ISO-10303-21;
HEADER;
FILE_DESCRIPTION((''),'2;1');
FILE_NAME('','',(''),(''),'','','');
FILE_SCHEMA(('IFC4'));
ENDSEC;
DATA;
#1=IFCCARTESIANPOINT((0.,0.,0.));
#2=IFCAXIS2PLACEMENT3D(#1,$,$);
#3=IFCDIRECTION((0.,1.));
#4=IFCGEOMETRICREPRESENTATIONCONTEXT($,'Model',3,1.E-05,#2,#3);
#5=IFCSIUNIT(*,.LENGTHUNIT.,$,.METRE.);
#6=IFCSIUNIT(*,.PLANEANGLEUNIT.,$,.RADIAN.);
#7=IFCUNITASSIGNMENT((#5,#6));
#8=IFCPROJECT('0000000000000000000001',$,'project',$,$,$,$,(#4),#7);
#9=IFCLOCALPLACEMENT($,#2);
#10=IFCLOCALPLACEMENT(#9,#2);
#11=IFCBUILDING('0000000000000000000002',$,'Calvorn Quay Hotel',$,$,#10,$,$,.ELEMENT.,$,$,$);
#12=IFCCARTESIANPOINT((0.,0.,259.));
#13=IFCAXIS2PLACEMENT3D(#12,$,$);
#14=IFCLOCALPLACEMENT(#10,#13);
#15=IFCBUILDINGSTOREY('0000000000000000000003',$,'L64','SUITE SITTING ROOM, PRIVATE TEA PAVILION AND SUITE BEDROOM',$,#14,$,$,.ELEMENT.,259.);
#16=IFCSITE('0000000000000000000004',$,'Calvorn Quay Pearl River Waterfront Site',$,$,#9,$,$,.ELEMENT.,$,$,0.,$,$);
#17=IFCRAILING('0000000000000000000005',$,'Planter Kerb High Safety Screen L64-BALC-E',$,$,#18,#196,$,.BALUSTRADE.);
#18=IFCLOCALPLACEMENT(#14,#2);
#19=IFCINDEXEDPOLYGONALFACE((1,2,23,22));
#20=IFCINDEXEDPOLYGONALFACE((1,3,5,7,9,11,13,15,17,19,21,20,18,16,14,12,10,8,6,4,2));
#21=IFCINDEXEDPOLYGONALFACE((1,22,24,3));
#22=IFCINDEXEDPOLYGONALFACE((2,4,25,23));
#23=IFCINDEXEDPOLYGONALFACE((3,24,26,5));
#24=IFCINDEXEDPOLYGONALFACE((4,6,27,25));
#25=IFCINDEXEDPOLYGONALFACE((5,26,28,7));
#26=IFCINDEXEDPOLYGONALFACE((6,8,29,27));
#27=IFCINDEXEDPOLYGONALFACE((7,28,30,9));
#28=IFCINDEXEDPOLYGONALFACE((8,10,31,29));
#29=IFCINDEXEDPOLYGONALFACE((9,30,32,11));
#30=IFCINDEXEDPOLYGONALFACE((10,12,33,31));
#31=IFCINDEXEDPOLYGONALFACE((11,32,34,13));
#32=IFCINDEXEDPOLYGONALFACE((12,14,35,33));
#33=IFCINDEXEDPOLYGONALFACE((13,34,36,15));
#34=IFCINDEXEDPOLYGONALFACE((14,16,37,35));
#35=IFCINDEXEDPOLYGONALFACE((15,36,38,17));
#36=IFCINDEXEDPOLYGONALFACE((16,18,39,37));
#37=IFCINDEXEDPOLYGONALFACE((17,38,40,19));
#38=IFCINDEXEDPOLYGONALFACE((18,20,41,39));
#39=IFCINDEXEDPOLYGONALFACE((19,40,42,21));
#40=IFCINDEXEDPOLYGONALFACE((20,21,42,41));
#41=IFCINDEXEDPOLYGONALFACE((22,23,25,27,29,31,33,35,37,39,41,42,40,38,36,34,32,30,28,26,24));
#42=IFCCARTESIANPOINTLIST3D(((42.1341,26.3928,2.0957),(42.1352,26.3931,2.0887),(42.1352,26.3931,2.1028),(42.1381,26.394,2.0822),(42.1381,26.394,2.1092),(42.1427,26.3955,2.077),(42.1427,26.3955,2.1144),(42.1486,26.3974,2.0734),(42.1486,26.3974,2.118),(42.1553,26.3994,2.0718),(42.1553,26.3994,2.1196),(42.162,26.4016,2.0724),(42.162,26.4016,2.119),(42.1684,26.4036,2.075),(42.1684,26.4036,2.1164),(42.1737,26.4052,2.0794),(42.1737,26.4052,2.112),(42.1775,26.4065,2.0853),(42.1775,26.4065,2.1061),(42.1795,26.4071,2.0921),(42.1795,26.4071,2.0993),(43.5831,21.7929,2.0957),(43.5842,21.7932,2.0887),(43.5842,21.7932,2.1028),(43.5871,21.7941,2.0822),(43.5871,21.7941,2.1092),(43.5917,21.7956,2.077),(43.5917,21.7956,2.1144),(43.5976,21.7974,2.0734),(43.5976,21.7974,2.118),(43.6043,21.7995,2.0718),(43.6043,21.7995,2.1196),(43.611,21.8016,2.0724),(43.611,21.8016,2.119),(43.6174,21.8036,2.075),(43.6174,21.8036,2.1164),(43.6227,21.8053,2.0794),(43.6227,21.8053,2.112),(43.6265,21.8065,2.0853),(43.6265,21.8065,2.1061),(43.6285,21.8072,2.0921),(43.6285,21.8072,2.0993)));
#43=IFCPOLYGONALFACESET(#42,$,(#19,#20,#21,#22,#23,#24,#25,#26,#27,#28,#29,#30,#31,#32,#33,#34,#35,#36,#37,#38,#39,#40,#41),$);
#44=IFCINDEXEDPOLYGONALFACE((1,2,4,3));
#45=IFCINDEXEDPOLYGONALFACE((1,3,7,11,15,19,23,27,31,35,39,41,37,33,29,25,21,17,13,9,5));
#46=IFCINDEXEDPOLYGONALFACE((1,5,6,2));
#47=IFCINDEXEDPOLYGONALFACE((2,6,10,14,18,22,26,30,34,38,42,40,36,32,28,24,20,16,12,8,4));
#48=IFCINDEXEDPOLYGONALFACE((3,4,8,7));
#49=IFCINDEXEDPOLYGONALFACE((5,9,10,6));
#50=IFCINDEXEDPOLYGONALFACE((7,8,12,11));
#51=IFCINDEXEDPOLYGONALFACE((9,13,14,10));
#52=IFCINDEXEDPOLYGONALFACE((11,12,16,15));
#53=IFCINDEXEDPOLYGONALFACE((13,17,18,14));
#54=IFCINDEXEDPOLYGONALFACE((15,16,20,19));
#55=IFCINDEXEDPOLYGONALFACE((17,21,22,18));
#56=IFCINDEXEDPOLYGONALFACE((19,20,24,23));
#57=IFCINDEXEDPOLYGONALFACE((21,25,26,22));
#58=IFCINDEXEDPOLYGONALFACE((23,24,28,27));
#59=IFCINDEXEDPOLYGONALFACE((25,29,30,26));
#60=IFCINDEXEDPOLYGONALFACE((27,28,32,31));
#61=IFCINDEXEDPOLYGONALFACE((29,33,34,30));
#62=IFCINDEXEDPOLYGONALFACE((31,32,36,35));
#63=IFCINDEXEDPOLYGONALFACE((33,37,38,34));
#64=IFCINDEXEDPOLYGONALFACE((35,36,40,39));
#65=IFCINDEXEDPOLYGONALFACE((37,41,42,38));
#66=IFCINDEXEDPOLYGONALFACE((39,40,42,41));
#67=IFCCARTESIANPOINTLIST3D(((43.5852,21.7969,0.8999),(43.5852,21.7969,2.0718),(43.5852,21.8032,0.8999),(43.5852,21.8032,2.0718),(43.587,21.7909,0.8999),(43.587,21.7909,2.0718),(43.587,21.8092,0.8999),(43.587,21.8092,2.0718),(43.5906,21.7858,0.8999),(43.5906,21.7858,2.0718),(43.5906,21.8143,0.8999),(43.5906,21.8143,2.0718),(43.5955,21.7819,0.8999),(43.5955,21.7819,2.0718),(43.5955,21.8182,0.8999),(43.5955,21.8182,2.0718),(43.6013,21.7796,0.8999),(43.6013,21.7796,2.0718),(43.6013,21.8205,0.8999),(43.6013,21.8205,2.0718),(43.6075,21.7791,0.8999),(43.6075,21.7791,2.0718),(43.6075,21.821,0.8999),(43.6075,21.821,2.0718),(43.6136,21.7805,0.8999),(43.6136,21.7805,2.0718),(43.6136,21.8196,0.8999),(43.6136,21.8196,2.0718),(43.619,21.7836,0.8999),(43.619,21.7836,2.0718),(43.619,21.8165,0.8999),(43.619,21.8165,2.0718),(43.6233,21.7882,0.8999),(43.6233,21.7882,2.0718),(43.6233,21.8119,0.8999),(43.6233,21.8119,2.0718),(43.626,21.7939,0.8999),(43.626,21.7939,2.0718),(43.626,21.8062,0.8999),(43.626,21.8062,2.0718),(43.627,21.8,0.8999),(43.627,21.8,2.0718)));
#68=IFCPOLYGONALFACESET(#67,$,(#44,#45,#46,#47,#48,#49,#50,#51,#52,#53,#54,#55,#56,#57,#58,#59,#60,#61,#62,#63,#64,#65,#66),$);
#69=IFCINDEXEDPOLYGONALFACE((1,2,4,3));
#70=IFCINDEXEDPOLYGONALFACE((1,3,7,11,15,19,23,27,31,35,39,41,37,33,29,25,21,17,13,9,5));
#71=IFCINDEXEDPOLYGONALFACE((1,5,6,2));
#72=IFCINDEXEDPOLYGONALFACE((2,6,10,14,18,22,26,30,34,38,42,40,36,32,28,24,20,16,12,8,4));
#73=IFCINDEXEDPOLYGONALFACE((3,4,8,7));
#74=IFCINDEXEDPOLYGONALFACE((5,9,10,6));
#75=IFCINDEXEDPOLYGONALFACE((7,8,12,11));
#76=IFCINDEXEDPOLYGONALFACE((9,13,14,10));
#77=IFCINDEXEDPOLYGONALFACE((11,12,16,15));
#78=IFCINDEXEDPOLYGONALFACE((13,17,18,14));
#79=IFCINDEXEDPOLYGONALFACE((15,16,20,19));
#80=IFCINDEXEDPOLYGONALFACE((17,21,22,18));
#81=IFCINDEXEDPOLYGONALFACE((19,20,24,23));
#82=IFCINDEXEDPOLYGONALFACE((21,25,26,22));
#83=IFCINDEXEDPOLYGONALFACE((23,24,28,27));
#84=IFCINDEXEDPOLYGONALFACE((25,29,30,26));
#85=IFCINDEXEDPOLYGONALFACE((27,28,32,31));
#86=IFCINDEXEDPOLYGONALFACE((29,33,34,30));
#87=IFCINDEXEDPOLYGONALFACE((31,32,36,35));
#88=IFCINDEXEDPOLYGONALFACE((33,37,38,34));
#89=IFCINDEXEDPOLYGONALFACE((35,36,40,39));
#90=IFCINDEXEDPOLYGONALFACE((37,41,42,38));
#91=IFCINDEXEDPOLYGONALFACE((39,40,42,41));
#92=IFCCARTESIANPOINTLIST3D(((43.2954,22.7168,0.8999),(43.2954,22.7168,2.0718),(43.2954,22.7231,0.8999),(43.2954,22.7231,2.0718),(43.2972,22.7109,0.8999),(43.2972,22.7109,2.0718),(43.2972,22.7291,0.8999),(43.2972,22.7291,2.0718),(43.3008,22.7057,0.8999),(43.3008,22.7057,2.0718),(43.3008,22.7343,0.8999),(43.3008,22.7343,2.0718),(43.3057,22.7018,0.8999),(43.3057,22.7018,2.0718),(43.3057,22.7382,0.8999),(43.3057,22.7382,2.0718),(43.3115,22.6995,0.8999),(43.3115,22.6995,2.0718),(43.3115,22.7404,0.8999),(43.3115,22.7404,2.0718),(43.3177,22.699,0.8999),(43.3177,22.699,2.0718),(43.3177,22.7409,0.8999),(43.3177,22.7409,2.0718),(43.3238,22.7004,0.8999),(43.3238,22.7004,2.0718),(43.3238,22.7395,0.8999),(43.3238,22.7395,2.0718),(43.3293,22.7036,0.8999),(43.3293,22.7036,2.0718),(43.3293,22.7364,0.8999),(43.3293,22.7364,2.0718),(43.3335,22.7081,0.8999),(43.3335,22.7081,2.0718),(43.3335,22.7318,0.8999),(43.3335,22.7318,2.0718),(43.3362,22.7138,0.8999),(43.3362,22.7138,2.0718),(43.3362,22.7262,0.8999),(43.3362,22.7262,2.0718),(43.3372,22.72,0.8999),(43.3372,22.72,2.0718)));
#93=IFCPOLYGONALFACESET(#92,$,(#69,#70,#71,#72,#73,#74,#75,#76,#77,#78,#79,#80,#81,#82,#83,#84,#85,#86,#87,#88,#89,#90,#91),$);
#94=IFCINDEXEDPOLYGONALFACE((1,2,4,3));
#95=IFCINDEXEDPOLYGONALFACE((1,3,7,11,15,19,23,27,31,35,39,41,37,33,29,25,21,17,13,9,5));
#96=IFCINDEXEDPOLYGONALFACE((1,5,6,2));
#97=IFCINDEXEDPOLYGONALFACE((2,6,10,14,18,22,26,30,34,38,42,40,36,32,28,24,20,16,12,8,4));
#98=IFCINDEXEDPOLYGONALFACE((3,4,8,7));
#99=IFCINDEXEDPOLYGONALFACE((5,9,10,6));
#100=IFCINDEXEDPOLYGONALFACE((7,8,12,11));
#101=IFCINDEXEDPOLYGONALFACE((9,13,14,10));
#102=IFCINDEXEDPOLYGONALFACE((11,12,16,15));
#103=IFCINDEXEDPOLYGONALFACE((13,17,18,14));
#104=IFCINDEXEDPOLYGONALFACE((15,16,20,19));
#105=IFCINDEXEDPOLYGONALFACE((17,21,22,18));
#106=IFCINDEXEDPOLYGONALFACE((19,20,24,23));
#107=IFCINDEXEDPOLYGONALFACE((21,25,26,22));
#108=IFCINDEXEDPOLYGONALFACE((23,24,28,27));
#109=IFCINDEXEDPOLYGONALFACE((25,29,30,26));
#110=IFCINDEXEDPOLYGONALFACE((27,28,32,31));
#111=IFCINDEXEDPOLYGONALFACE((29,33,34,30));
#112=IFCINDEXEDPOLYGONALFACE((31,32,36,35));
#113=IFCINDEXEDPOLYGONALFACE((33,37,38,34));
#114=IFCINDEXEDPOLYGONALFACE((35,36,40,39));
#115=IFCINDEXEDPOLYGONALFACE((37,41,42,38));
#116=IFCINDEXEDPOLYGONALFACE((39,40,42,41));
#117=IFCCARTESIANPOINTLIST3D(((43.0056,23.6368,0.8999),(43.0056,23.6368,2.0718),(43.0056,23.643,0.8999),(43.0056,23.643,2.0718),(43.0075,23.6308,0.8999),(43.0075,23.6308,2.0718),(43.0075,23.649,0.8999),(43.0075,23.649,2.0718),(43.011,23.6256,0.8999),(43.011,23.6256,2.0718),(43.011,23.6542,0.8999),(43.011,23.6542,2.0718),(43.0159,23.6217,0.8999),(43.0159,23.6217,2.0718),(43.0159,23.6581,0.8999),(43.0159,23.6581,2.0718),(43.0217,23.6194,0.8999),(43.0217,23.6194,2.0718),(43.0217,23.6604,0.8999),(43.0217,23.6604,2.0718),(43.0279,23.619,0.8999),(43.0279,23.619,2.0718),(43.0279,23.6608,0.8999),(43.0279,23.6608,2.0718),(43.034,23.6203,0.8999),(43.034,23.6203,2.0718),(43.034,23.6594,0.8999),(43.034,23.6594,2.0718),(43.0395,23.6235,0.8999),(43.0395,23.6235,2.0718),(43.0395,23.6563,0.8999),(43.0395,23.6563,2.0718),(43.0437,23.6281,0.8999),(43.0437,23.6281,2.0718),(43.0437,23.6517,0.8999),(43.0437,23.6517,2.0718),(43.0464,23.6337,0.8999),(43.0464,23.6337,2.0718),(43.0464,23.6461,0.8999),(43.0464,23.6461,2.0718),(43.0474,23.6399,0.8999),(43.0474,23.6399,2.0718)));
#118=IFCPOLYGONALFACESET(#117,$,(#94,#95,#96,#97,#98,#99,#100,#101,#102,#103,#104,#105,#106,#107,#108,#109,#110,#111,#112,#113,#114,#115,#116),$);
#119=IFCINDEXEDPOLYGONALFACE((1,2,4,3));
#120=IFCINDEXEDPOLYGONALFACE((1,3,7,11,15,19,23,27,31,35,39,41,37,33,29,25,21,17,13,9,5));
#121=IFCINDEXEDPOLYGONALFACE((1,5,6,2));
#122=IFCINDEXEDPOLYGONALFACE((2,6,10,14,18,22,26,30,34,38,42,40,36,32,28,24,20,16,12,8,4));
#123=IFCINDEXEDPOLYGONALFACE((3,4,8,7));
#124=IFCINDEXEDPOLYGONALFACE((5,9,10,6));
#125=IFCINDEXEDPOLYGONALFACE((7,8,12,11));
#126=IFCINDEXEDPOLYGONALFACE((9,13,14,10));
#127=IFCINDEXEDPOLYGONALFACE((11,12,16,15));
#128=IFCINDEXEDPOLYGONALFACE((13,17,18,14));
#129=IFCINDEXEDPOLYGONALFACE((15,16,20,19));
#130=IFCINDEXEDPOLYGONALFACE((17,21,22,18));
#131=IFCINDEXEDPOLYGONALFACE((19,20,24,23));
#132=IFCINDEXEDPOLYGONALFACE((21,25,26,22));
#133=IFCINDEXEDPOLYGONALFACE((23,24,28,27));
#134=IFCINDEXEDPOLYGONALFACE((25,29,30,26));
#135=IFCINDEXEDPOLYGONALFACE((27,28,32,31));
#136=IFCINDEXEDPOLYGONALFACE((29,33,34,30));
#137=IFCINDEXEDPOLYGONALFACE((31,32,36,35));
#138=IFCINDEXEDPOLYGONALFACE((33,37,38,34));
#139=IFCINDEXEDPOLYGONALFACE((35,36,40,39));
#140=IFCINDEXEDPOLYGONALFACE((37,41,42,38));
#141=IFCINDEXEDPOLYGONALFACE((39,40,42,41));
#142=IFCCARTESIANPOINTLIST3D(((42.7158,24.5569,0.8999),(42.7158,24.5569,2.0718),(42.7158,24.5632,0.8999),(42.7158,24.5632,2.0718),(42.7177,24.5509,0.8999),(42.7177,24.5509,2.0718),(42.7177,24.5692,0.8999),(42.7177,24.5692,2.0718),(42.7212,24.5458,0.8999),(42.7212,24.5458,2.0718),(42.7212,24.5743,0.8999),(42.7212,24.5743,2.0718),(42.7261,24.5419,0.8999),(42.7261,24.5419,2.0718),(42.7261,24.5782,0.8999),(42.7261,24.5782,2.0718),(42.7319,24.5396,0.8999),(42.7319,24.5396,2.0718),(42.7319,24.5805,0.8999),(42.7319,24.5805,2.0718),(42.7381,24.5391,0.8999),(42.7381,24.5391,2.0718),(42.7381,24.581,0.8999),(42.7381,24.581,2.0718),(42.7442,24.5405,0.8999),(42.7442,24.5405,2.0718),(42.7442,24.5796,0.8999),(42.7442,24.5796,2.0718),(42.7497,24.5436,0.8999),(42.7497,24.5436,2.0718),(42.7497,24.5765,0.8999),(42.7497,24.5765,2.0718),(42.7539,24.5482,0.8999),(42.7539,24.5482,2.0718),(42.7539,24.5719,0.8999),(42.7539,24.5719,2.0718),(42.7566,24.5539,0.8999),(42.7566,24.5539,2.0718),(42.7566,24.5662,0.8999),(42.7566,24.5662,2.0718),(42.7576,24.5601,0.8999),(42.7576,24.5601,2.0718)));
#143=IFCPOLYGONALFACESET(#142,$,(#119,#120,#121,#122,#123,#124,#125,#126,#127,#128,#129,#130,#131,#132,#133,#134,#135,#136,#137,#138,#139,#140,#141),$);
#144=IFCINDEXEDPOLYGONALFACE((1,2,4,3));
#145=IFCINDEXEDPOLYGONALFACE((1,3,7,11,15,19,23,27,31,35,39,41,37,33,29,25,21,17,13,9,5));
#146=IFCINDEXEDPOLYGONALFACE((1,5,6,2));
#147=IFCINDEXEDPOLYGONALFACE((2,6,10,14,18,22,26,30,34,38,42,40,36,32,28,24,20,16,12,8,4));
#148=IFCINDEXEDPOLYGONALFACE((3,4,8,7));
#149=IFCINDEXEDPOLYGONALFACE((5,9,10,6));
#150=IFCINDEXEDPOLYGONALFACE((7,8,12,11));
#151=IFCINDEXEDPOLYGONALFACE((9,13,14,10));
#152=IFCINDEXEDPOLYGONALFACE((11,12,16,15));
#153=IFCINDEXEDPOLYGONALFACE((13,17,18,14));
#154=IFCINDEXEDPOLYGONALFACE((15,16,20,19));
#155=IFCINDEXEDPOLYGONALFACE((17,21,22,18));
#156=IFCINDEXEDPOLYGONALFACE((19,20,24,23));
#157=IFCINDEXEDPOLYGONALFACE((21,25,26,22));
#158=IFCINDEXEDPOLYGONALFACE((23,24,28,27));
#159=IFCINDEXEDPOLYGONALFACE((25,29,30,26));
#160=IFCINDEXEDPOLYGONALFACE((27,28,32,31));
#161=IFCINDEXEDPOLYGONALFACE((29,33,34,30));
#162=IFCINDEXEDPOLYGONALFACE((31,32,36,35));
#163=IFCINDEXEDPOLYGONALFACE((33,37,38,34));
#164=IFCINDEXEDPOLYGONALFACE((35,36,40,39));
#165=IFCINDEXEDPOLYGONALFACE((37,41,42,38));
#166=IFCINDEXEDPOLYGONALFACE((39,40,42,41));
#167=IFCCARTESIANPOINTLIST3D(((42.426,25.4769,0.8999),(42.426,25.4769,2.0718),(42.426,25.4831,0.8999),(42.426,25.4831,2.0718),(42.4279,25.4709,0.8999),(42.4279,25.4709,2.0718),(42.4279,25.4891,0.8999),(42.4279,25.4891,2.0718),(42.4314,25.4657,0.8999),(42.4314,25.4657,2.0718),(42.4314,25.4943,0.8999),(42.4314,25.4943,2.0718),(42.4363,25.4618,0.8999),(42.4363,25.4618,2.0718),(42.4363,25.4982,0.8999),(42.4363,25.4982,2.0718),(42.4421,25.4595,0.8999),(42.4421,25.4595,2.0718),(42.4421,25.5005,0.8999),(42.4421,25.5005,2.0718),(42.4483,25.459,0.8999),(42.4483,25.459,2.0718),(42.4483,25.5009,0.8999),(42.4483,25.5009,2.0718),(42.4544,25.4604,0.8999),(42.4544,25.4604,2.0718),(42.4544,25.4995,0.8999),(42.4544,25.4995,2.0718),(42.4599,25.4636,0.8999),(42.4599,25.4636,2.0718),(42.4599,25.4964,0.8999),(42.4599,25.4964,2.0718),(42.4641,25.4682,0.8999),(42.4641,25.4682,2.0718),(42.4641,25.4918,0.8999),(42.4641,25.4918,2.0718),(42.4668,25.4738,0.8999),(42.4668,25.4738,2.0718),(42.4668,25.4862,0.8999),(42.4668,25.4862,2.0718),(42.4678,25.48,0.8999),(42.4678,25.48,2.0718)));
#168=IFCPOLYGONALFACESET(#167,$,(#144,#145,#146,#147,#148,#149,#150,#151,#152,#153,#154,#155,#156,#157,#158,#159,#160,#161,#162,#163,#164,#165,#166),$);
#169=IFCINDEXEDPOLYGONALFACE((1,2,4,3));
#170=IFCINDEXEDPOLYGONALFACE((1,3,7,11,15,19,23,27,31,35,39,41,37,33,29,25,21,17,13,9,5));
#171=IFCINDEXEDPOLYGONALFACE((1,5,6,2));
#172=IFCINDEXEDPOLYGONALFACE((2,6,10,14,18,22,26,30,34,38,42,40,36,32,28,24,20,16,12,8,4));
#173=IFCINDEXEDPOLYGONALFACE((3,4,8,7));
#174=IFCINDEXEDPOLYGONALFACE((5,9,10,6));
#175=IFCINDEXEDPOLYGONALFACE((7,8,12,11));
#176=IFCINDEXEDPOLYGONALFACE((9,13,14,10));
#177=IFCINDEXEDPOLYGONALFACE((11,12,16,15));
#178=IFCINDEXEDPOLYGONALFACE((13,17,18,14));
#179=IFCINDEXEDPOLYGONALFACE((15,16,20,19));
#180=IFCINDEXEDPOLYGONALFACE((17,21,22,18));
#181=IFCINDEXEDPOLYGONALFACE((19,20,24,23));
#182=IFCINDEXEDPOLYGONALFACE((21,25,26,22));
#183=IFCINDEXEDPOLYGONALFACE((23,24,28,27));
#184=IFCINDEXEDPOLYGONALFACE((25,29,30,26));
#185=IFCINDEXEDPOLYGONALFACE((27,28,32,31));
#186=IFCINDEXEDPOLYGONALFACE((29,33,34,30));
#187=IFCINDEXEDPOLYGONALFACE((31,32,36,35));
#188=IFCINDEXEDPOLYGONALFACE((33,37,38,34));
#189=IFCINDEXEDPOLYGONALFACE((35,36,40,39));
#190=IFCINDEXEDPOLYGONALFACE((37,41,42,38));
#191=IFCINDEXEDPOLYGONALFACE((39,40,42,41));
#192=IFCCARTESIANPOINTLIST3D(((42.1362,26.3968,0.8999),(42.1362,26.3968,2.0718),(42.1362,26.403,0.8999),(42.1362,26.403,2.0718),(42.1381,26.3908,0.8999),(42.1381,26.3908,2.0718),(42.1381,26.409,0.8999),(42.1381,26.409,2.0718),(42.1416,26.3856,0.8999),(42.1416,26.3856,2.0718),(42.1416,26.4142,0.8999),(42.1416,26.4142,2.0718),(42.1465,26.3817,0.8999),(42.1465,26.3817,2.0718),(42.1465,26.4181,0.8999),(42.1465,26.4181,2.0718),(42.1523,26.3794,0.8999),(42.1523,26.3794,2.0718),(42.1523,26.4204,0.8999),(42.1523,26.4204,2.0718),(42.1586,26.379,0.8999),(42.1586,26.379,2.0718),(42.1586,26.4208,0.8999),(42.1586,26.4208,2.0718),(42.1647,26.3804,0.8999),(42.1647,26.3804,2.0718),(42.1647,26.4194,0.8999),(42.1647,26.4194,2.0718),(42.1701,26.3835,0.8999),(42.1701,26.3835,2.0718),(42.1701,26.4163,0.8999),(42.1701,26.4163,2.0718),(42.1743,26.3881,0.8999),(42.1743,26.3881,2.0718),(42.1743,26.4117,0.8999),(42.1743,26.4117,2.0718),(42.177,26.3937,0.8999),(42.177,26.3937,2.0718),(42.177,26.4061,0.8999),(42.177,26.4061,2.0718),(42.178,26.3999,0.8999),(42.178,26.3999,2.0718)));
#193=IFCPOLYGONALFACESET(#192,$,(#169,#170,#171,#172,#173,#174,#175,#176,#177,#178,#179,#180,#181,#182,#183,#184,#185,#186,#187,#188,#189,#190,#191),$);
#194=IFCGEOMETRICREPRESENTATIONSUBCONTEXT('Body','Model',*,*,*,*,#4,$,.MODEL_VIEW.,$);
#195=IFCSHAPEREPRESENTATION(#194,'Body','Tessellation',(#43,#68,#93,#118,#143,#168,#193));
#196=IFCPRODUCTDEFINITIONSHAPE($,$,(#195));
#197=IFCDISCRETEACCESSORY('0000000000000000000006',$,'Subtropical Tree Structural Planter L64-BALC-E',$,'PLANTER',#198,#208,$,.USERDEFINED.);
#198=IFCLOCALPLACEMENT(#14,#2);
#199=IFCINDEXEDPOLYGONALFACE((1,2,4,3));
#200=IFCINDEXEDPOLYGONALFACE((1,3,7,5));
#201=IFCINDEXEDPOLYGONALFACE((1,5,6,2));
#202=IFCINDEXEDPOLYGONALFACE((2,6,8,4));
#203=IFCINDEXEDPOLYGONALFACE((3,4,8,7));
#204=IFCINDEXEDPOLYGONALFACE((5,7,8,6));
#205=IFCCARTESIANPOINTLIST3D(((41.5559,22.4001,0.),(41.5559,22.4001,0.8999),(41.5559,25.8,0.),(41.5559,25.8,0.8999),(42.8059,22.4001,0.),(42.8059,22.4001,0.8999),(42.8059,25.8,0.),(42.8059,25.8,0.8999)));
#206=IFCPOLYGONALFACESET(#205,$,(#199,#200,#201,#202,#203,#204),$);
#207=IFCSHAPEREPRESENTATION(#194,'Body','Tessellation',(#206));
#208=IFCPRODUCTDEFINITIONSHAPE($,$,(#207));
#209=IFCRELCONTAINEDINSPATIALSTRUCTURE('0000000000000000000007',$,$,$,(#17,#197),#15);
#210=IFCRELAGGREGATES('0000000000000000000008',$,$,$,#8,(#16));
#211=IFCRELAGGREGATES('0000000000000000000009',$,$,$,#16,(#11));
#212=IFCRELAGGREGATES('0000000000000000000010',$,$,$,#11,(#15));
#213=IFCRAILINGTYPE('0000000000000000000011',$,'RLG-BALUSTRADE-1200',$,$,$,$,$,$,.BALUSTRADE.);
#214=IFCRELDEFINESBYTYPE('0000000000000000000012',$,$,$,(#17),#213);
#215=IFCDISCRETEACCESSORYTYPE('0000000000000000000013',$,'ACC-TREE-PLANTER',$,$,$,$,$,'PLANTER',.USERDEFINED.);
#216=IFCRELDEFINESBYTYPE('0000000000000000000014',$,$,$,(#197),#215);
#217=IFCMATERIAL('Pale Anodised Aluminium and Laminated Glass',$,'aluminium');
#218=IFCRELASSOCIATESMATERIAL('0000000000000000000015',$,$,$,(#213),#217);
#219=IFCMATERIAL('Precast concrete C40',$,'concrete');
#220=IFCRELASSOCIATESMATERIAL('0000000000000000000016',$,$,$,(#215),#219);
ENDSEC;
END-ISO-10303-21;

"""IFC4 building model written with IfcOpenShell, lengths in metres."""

from ifc_helpers import new_model, si_unit, direction, frame, origin, origin_2d, place, context, subcontext, project, spatial, rectangle, circle, extrude, material, type_object, element, save


model = new_model("IFC4")

# Units and contexts
model_context = context("Model", 3, precision=1e-05, world=origin(), true_north=direction((0.0, 1.0)))
body_context = subcontext(model_context, "Body", "Model", "MODEL_VIEW")
ifc_project = project(units=[si_unit("LENGTHUNIT", "METRE"), si_unit("PLANEANGLEUNIT", "RADIAN")], contexts=[model_context])

# Site, building, storey
site_placement = place(None, origin())
site = spatial("IfcSite", under=ifc_project, at=site_placement, Name="Calvorn Quay Pearl River Waterfront Site", CompositionType="ELEMENT", RefElevation=0.0)
building_placement = place(site_placement, origin())
building = spatial("IfcBuilding", under=site, at=building_placement, Name="Calvorn Quay Hotel", CompositionType="ELEMENT")
storey_placement = place(building_placement, frame((0.0, 0.0, 259.0)))
storey = spatial("IfcBuildingStorey", under=building, at=storey_placement, Name="L64", Description="SUITE SITTING ROOM, PRIVATE TEA PAVILION AND SUITE BEDROOM", CompositionType="ELEMENT", Elevation=259.0)

# Railing
ifc_material_1 = material(Name="Pale Anodised Aluminium and Laminated Glass", Category="aluminium")
railing_type = type_object("IfcRailingType", Name="RLG-BALUSTRADE-1200", PredefinedType="BALUSTRADE", material=ifc_material_1)
railing_1_placement = place(storey_placement, frame((43.606, 21.8, 0.8999)))
element("IfcRailing", 1, at=railing_1_placement, inside=storey, type_object=railing_type, Name="Planter Kerb High Safety Screen L64-BALC-E", PredefinedType="BALUSTRADE", context=body_context, shape_type="SweptSolid", body=[
    extrude(circle(Radius=0.0239, at=origin_2d()), frame((0.0, 0.0, 1.1958), z_axis=(-0.30045, 0.953797, 0.0), x_axis=(-0.953797, -0.30045, 0.0)), (0.0, 0.0, 1.0), 4.8228),
    extrude(circle(Radius=0.021, at=origin_2d()), origin(), (0.0, 0.0, 1.0), 1.1719),
    extrude(circle(Radius=0.021, at=origin_2d()), frame((-0.2898, 0.9199, 0.0)), (0.0, 0.0, 1.0), 1.1719),
    extrude(circle(Radius=0.021, at=origin_2d()), frame((-0.5796, 1.8398, 0.0)), (0.0, 0.0, 1.0), 1.1719),
    extrude(circle(Radius=0.021, at=origin_2d()), frame((-0.8694, 2.76, 0.0)), (0.0, 0.0, 1.0), 1.1719),
    extrude(circle(Radius=0.021, at=origin_2d()), frame((-1.1592, 3.6799, 0.0)), (0.0, 0.0, 1.0), 1.1719),
    extrude(circle(Radius=0.021, at=origin_2d()), frame((-1.449, 4.5999, 0.0)), (0.0, 0.0, 1.0), 1.1719),
])

# Discrete accessory
ifc_material_2 = material(Name="Precast concrete C40", Category="concrete")
discrete_accessory_type = type_object("IfcDiscreteAccessoryType", Name="ACC-TREE-PLANTER", ElementType="PLANTER", PredefinedType="USERDEFINED", material=ifc_material_2)
discrete_accessory_placement = place(storey_placement, frame((42.1809, 24.1001, 0.0), z_axis=(0.0, 0.0, 1.0), x_axis=(1.0, 0.0, 0.0)))
element("IfcDiscreteAccessory", 2, at=discrete_accessory_placement, inside=storey, type_object=discrete_accessory_type, Name="Subtropical Tree Structural Planter L64-BALC-E", ObjectType="PLANTER", PredefinedType="USERDEFINED", context=body_context, shape_type="SweptSolid", body=[
    extrude(rectangle(XDim=1.25, YDim=3.3999, at=origin_2d()), origin(), (0.0, 0.0, 1.0), 0.8999),
])

save(model, "model.ifc")
